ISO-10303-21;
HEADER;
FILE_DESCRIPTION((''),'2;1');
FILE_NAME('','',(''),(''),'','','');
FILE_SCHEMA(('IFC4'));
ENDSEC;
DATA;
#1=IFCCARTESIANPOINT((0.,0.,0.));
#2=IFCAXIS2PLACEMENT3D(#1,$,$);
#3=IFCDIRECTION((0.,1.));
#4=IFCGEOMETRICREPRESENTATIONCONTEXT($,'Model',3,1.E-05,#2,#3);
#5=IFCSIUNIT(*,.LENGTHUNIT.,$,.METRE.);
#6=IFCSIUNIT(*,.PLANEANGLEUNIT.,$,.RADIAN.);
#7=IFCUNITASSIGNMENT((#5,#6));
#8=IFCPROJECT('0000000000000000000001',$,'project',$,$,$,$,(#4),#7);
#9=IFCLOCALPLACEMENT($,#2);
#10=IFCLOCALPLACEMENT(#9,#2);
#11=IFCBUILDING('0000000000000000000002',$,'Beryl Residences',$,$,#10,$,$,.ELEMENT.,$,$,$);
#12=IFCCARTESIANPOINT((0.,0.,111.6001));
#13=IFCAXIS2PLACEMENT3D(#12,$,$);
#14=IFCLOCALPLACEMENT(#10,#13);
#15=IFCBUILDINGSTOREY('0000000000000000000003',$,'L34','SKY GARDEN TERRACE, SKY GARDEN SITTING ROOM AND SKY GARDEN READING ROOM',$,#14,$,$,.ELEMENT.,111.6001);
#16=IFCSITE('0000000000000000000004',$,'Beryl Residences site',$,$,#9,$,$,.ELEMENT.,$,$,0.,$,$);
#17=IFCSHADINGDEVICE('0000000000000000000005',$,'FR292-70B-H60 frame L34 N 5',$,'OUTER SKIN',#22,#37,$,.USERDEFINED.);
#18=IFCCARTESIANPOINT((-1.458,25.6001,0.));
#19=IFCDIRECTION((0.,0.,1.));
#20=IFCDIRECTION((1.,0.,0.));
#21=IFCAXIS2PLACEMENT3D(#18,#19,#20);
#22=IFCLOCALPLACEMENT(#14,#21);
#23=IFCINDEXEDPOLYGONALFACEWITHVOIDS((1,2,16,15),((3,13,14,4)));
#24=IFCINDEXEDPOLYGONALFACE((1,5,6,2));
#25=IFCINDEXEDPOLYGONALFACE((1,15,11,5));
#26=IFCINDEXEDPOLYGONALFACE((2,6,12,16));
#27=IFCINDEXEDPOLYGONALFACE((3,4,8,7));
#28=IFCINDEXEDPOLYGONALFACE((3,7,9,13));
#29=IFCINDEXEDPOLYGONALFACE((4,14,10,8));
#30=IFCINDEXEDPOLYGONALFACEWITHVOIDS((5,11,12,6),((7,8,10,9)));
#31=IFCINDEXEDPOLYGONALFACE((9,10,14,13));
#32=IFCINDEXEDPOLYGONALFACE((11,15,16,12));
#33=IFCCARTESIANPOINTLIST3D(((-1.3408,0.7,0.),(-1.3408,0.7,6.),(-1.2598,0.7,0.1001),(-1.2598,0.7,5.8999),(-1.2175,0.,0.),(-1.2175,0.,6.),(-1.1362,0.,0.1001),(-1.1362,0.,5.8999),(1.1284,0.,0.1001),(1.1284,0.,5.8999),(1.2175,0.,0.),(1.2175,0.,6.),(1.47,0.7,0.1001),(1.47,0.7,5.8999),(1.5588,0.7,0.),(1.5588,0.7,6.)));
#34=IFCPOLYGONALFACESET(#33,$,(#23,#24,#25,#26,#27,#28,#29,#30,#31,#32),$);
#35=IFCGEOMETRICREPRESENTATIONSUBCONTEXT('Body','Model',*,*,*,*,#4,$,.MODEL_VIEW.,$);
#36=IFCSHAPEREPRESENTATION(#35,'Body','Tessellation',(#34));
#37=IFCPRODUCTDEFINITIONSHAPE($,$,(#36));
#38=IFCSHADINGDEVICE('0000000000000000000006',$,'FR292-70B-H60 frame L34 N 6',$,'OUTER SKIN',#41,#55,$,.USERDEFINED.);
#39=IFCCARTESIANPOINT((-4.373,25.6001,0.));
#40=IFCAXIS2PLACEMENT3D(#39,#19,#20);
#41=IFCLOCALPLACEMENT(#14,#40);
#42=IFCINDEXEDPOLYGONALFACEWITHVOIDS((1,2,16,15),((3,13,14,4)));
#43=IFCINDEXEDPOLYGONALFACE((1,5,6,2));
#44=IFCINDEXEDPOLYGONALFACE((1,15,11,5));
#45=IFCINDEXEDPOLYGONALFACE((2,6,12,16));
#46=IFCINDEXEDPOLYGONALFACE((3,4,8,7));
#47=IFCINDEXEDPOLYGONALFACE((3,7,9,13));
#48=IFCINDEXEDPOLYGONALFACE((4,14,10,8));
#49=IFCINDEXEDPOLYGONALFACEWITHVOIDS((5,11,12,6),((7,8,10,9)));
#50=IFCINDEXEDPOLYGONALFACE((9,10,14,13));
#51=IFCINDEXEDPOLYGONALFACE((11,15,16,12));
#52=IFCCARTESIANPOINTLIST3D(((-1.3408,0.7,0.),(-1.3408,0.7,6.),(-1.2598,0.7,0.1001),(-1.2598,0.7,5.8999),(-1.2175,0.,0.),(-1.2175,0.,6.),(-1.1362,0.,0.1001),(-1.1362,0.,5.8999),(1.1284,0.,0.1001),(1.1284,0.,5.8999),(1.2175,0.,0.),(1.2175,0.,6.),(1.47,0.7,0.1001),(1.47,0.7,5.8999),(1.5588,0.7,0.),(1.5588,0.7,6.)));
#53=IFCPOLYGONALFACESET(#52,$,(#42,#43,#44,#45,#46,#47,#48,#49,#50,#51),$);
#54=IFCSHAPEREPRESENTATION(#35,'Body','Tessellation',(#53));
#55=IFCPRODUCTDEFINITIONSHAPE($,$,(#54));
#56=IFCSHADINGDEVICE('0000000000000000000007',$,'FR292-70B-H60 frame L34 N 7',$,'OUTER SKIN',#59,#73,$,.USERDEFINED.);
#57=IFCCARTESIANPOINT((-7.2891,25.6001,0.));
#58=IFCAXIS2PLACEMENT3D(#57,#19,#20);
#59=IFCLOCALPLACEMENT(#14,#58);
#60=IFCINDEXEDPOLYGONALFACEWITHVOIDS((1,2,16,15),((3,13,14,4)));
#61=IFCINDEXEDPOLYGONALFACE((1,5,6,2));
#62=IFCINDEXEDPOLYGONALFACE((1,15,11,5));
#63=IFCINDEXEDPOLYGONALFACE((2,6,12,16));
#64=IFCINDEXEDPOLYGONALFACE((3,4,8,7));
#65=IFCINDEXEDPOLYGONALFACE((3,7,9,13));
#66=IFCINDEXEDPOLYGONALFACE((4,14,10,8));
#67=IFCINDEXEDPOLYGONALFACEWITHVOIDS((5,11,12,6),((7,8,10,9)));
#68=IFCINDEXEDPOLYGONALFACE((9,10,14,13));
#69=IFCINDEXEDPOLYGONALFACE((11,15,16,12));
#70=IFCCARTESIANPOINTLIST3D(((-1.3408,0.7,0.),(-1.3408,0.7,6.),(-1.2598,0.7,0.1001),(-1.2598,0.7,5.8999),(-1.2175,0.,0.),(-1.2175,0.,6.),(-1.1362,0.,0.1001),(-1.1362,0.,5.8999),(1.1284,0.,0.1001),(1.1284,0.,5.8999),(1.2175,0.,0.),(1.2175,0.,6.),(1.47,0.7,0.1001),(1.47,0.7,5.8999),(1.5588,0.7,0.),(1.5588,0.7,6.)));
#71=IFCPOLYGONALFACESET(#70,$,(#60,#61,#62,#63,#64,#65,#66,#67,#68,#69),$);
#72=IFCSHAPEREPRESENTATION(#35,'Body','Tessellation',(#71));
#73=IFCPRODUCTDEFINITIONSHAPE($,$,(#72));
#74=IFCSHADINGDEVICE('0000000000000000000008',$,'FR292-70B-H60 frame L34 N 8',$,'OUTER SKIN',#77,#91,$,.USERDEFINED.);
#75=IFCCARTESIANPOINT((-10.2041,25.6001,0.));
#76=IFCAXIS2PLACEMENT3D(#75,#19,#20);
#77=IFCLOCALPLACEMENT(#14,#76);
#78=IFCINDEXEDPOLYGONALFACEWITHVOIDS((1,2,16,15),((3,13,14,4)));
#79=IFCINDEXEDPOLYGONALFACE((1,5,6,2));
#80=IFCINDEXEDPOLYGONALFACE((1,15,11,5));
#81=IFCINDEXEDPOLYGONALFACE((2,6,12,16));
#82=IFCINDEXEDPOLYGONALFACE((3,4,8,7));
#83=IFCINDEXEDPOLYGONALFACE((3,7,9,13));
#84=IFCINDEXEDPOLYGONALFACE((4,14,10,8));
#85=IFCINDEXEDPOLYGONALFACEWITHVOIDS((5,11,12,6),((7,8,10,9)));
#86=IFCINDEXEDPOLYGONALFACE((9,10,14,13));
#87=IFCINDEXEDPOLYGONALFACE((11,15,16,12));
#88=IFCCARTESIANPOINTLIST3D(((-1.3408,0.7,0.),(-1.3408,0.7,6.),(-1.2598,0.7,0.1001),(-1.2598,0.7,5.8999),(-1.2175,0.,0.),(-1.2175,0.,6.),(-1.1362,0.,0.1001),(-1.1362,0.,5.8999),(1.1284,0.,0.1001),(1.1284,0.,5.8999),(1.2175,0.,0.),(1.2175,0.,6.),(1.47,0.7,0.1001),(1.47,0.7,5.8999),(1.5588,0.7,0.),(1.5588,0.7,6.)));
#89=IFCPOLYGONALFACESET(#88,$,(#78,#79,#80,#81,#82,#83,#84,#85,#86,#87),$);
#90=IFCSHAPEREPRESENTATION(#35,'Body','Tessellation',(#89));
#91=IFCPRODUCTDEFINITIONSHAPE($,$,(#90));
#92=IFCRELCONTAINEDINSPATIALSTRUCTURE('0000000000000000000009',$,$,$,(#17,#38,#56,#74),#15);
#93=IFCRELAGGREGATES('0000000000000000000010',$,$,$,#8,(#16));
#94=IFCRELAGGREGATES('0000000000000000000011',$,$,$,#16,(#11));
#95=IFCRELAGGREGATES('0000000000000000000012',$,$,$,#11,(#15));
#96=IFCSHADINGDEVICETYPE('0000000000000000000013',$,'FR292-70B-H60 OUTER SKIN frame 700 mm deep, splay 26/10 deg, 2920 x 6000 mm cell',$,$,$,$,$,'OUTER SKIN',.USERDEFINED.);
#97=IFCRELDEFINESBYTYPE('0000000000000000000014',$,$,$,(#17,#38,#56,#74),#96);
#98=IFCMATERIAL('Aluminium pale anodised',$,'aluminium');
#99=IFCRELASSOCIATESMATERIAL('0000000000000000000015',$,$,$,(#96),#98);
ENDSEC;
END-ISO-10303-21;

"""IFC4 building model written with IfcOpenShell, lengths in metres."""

from ifc_helpers import new_model, entity, si_unit, direction, frame, origin, place, context, subcontext, project, spatial, source, transform, mapped, material, type_object, type_shapes, element, save


model = new_model("IFC4")

# Units and contexts
model_context = context("Model", 3, precision=1e-05, world=origin(), true_north=direction((0.0, 1.0)))
body_context = subcontext(model_context, "Body", "Model", "MODEL_VIEW")
ifc_project = project(units=[si_unit("LENGTHUNIT", "METRE"), si_unit("PLANEANGLEUNIT", "RADIAN")], contexts=[model_context])

# Site, building, storey
site_placement = place(None, origin())
site = spatial("IfcSite", under=ifc_project, at=site_placement, Name="Beryl Residences site", CompositionType="ELEMENT", RefElevation=0.0)
building_placement = place(site_placement, origin())
building = spatial("IfcBuilding", under=site, at=building_placement, Name="Beryl Residences", CompositionType="ELEMENT")
storey_placement = place(building_placement, frame((0.0, 0.0, 111.6001)))
storey = spatial("IfcBuildingStorey", under=building, at=storey_placement, Name="L34", Description="SKY GARDEN TERRACE, SKY GARDEN SITTING ROOM AND SKY GARDEN READING ROOM", CompositionType="ELEMENT", Elevation=111.6001)

# Shading devices
ifc_material_1 = material(Name="Aluminium pale anodised", Category="aluminium")
shading_device_type = type_object("IfcShadingDeviceType", Name="FR292-70B-H60 OUTER SKIN frame 700 mm deep, splay 26/10 deg, 2920 x 6000 mm cell", ElementType="OUTER SKIN", PredefinedType="USERDEFINED", material=ifc_material_1)
cartesian_point_1 = entity("IfcCartesianPoint", [-1.2175, 0.0])
cartesian_point_2 = entity("IfcCartesianPoint", [-1.1284, 0.1001])
cartesian_point_3 = entity("IfcCartesianPoint", [-1.5588, 0.0])
cartesian_point_4 = entity("IfcCartesianPoint", [-1.47, 0.1001])
shared_shape_1 = source(origin(), body_context, "Body", "SweptSolid", [
    entity("IfcExtrudedAreaSolidTapered", entity("IfcArbitraryProfileDefWithVoids", "AREA", None, entity("IfcPolyline", [cartesian_point_1, entity("IfcCartesianPoint", [1.2175, 0.0]), entity("IfcCartesianPoint", [1.2175, 6.0]), entity("IfcCartesianPoint", [-1.2175, 6.0]), cartesian_point_1]), [entity("IfcPolyline", [cartesian_point_2, entity("IfcCartesianPoint", [1.1362, 0.1001]), entity("IfcCartesianPoint", [1.1362, 5.8999]), entity("IfcCartesianPoint", [-1.1284, 5.8999]), cartesian_point_2])]), entity("IfcAxis2Placement3D", entity("IfcCartesianPoint", [0.0, 0.0, 0.0]), entity("IfcDirection", [0.0, 1.0, 0.0]), entity("IfcDirection", [-1.0, 0.0, 0.0])), entity("IfcDirection", [0.0, 0.0, 1.0]), 0.7, entity("IfcArbitraryProfileDefWithVoids", "AREA", None, entity("IfcPolyline", [cartesian_point_3, entity("IfcCartesianPoint", [1.3408, 0.0]), entity("IfcCartesianPoint", [1.3408, 6.0]), entity("IfcCartesianPoint", [-1.5588, 6.0]), cartesian_point_3]), [entity("IfcPolyline", [cartesian_point_4, entity("IfcCartesianPoint", [1.2598, 0.1001]), entity("IfcCartesianPoint", [1.2598, 5.8999]), entity("IfcCartesianPoint", [-1.47, 5.8999]), cartesian_point_4])])),
])
type_shapes(shading_device_type, [shared_shape_1])
for number, where, z_axis, x_axis, name in (
    (1, (-1.458, 25.6001, 0.0), (0.0, 0.0, 1.0), (1.0, 0.0, 0.0), "FR292-70B-H60 frame L34 N 5"),
    (2, (-4.373, 25.6001, 0.0), (0.0, 0.0, 1.0), (1.0, 0.0, 0.0), "FR292-70B-H60 frame L34 N 6"),
    (3, (-7.2891, 25.6001, 0.0), (0.0, 0.0, 1.0), (1.0, 0.0, 0.0), "FR292-70B-H60 frame L34 N 7"),
    (4, (-10.2041, 25.6001, 0.0), (0.0, 0.0, 1.0), (1.0, 0.0, 0.0), "FR292-70B-H60 frame L34 N 8"),
):
    element("IfcShadingDevice", number, at=place(storey_placement, frame(where, z_axis=z_axis, x_axis=x_axis)), inside=storey, type_object=shading_device_type, Name=name, ObjectType="OUTER SKIN", PredefinedType="USERDEFINED", context=body_context, shape_type="MappedRepresentation", body=[
        mapped(shared_shape_1, transform((0.0, 0.0, 0.0))),
    ])

save(model, "model.ifc")
